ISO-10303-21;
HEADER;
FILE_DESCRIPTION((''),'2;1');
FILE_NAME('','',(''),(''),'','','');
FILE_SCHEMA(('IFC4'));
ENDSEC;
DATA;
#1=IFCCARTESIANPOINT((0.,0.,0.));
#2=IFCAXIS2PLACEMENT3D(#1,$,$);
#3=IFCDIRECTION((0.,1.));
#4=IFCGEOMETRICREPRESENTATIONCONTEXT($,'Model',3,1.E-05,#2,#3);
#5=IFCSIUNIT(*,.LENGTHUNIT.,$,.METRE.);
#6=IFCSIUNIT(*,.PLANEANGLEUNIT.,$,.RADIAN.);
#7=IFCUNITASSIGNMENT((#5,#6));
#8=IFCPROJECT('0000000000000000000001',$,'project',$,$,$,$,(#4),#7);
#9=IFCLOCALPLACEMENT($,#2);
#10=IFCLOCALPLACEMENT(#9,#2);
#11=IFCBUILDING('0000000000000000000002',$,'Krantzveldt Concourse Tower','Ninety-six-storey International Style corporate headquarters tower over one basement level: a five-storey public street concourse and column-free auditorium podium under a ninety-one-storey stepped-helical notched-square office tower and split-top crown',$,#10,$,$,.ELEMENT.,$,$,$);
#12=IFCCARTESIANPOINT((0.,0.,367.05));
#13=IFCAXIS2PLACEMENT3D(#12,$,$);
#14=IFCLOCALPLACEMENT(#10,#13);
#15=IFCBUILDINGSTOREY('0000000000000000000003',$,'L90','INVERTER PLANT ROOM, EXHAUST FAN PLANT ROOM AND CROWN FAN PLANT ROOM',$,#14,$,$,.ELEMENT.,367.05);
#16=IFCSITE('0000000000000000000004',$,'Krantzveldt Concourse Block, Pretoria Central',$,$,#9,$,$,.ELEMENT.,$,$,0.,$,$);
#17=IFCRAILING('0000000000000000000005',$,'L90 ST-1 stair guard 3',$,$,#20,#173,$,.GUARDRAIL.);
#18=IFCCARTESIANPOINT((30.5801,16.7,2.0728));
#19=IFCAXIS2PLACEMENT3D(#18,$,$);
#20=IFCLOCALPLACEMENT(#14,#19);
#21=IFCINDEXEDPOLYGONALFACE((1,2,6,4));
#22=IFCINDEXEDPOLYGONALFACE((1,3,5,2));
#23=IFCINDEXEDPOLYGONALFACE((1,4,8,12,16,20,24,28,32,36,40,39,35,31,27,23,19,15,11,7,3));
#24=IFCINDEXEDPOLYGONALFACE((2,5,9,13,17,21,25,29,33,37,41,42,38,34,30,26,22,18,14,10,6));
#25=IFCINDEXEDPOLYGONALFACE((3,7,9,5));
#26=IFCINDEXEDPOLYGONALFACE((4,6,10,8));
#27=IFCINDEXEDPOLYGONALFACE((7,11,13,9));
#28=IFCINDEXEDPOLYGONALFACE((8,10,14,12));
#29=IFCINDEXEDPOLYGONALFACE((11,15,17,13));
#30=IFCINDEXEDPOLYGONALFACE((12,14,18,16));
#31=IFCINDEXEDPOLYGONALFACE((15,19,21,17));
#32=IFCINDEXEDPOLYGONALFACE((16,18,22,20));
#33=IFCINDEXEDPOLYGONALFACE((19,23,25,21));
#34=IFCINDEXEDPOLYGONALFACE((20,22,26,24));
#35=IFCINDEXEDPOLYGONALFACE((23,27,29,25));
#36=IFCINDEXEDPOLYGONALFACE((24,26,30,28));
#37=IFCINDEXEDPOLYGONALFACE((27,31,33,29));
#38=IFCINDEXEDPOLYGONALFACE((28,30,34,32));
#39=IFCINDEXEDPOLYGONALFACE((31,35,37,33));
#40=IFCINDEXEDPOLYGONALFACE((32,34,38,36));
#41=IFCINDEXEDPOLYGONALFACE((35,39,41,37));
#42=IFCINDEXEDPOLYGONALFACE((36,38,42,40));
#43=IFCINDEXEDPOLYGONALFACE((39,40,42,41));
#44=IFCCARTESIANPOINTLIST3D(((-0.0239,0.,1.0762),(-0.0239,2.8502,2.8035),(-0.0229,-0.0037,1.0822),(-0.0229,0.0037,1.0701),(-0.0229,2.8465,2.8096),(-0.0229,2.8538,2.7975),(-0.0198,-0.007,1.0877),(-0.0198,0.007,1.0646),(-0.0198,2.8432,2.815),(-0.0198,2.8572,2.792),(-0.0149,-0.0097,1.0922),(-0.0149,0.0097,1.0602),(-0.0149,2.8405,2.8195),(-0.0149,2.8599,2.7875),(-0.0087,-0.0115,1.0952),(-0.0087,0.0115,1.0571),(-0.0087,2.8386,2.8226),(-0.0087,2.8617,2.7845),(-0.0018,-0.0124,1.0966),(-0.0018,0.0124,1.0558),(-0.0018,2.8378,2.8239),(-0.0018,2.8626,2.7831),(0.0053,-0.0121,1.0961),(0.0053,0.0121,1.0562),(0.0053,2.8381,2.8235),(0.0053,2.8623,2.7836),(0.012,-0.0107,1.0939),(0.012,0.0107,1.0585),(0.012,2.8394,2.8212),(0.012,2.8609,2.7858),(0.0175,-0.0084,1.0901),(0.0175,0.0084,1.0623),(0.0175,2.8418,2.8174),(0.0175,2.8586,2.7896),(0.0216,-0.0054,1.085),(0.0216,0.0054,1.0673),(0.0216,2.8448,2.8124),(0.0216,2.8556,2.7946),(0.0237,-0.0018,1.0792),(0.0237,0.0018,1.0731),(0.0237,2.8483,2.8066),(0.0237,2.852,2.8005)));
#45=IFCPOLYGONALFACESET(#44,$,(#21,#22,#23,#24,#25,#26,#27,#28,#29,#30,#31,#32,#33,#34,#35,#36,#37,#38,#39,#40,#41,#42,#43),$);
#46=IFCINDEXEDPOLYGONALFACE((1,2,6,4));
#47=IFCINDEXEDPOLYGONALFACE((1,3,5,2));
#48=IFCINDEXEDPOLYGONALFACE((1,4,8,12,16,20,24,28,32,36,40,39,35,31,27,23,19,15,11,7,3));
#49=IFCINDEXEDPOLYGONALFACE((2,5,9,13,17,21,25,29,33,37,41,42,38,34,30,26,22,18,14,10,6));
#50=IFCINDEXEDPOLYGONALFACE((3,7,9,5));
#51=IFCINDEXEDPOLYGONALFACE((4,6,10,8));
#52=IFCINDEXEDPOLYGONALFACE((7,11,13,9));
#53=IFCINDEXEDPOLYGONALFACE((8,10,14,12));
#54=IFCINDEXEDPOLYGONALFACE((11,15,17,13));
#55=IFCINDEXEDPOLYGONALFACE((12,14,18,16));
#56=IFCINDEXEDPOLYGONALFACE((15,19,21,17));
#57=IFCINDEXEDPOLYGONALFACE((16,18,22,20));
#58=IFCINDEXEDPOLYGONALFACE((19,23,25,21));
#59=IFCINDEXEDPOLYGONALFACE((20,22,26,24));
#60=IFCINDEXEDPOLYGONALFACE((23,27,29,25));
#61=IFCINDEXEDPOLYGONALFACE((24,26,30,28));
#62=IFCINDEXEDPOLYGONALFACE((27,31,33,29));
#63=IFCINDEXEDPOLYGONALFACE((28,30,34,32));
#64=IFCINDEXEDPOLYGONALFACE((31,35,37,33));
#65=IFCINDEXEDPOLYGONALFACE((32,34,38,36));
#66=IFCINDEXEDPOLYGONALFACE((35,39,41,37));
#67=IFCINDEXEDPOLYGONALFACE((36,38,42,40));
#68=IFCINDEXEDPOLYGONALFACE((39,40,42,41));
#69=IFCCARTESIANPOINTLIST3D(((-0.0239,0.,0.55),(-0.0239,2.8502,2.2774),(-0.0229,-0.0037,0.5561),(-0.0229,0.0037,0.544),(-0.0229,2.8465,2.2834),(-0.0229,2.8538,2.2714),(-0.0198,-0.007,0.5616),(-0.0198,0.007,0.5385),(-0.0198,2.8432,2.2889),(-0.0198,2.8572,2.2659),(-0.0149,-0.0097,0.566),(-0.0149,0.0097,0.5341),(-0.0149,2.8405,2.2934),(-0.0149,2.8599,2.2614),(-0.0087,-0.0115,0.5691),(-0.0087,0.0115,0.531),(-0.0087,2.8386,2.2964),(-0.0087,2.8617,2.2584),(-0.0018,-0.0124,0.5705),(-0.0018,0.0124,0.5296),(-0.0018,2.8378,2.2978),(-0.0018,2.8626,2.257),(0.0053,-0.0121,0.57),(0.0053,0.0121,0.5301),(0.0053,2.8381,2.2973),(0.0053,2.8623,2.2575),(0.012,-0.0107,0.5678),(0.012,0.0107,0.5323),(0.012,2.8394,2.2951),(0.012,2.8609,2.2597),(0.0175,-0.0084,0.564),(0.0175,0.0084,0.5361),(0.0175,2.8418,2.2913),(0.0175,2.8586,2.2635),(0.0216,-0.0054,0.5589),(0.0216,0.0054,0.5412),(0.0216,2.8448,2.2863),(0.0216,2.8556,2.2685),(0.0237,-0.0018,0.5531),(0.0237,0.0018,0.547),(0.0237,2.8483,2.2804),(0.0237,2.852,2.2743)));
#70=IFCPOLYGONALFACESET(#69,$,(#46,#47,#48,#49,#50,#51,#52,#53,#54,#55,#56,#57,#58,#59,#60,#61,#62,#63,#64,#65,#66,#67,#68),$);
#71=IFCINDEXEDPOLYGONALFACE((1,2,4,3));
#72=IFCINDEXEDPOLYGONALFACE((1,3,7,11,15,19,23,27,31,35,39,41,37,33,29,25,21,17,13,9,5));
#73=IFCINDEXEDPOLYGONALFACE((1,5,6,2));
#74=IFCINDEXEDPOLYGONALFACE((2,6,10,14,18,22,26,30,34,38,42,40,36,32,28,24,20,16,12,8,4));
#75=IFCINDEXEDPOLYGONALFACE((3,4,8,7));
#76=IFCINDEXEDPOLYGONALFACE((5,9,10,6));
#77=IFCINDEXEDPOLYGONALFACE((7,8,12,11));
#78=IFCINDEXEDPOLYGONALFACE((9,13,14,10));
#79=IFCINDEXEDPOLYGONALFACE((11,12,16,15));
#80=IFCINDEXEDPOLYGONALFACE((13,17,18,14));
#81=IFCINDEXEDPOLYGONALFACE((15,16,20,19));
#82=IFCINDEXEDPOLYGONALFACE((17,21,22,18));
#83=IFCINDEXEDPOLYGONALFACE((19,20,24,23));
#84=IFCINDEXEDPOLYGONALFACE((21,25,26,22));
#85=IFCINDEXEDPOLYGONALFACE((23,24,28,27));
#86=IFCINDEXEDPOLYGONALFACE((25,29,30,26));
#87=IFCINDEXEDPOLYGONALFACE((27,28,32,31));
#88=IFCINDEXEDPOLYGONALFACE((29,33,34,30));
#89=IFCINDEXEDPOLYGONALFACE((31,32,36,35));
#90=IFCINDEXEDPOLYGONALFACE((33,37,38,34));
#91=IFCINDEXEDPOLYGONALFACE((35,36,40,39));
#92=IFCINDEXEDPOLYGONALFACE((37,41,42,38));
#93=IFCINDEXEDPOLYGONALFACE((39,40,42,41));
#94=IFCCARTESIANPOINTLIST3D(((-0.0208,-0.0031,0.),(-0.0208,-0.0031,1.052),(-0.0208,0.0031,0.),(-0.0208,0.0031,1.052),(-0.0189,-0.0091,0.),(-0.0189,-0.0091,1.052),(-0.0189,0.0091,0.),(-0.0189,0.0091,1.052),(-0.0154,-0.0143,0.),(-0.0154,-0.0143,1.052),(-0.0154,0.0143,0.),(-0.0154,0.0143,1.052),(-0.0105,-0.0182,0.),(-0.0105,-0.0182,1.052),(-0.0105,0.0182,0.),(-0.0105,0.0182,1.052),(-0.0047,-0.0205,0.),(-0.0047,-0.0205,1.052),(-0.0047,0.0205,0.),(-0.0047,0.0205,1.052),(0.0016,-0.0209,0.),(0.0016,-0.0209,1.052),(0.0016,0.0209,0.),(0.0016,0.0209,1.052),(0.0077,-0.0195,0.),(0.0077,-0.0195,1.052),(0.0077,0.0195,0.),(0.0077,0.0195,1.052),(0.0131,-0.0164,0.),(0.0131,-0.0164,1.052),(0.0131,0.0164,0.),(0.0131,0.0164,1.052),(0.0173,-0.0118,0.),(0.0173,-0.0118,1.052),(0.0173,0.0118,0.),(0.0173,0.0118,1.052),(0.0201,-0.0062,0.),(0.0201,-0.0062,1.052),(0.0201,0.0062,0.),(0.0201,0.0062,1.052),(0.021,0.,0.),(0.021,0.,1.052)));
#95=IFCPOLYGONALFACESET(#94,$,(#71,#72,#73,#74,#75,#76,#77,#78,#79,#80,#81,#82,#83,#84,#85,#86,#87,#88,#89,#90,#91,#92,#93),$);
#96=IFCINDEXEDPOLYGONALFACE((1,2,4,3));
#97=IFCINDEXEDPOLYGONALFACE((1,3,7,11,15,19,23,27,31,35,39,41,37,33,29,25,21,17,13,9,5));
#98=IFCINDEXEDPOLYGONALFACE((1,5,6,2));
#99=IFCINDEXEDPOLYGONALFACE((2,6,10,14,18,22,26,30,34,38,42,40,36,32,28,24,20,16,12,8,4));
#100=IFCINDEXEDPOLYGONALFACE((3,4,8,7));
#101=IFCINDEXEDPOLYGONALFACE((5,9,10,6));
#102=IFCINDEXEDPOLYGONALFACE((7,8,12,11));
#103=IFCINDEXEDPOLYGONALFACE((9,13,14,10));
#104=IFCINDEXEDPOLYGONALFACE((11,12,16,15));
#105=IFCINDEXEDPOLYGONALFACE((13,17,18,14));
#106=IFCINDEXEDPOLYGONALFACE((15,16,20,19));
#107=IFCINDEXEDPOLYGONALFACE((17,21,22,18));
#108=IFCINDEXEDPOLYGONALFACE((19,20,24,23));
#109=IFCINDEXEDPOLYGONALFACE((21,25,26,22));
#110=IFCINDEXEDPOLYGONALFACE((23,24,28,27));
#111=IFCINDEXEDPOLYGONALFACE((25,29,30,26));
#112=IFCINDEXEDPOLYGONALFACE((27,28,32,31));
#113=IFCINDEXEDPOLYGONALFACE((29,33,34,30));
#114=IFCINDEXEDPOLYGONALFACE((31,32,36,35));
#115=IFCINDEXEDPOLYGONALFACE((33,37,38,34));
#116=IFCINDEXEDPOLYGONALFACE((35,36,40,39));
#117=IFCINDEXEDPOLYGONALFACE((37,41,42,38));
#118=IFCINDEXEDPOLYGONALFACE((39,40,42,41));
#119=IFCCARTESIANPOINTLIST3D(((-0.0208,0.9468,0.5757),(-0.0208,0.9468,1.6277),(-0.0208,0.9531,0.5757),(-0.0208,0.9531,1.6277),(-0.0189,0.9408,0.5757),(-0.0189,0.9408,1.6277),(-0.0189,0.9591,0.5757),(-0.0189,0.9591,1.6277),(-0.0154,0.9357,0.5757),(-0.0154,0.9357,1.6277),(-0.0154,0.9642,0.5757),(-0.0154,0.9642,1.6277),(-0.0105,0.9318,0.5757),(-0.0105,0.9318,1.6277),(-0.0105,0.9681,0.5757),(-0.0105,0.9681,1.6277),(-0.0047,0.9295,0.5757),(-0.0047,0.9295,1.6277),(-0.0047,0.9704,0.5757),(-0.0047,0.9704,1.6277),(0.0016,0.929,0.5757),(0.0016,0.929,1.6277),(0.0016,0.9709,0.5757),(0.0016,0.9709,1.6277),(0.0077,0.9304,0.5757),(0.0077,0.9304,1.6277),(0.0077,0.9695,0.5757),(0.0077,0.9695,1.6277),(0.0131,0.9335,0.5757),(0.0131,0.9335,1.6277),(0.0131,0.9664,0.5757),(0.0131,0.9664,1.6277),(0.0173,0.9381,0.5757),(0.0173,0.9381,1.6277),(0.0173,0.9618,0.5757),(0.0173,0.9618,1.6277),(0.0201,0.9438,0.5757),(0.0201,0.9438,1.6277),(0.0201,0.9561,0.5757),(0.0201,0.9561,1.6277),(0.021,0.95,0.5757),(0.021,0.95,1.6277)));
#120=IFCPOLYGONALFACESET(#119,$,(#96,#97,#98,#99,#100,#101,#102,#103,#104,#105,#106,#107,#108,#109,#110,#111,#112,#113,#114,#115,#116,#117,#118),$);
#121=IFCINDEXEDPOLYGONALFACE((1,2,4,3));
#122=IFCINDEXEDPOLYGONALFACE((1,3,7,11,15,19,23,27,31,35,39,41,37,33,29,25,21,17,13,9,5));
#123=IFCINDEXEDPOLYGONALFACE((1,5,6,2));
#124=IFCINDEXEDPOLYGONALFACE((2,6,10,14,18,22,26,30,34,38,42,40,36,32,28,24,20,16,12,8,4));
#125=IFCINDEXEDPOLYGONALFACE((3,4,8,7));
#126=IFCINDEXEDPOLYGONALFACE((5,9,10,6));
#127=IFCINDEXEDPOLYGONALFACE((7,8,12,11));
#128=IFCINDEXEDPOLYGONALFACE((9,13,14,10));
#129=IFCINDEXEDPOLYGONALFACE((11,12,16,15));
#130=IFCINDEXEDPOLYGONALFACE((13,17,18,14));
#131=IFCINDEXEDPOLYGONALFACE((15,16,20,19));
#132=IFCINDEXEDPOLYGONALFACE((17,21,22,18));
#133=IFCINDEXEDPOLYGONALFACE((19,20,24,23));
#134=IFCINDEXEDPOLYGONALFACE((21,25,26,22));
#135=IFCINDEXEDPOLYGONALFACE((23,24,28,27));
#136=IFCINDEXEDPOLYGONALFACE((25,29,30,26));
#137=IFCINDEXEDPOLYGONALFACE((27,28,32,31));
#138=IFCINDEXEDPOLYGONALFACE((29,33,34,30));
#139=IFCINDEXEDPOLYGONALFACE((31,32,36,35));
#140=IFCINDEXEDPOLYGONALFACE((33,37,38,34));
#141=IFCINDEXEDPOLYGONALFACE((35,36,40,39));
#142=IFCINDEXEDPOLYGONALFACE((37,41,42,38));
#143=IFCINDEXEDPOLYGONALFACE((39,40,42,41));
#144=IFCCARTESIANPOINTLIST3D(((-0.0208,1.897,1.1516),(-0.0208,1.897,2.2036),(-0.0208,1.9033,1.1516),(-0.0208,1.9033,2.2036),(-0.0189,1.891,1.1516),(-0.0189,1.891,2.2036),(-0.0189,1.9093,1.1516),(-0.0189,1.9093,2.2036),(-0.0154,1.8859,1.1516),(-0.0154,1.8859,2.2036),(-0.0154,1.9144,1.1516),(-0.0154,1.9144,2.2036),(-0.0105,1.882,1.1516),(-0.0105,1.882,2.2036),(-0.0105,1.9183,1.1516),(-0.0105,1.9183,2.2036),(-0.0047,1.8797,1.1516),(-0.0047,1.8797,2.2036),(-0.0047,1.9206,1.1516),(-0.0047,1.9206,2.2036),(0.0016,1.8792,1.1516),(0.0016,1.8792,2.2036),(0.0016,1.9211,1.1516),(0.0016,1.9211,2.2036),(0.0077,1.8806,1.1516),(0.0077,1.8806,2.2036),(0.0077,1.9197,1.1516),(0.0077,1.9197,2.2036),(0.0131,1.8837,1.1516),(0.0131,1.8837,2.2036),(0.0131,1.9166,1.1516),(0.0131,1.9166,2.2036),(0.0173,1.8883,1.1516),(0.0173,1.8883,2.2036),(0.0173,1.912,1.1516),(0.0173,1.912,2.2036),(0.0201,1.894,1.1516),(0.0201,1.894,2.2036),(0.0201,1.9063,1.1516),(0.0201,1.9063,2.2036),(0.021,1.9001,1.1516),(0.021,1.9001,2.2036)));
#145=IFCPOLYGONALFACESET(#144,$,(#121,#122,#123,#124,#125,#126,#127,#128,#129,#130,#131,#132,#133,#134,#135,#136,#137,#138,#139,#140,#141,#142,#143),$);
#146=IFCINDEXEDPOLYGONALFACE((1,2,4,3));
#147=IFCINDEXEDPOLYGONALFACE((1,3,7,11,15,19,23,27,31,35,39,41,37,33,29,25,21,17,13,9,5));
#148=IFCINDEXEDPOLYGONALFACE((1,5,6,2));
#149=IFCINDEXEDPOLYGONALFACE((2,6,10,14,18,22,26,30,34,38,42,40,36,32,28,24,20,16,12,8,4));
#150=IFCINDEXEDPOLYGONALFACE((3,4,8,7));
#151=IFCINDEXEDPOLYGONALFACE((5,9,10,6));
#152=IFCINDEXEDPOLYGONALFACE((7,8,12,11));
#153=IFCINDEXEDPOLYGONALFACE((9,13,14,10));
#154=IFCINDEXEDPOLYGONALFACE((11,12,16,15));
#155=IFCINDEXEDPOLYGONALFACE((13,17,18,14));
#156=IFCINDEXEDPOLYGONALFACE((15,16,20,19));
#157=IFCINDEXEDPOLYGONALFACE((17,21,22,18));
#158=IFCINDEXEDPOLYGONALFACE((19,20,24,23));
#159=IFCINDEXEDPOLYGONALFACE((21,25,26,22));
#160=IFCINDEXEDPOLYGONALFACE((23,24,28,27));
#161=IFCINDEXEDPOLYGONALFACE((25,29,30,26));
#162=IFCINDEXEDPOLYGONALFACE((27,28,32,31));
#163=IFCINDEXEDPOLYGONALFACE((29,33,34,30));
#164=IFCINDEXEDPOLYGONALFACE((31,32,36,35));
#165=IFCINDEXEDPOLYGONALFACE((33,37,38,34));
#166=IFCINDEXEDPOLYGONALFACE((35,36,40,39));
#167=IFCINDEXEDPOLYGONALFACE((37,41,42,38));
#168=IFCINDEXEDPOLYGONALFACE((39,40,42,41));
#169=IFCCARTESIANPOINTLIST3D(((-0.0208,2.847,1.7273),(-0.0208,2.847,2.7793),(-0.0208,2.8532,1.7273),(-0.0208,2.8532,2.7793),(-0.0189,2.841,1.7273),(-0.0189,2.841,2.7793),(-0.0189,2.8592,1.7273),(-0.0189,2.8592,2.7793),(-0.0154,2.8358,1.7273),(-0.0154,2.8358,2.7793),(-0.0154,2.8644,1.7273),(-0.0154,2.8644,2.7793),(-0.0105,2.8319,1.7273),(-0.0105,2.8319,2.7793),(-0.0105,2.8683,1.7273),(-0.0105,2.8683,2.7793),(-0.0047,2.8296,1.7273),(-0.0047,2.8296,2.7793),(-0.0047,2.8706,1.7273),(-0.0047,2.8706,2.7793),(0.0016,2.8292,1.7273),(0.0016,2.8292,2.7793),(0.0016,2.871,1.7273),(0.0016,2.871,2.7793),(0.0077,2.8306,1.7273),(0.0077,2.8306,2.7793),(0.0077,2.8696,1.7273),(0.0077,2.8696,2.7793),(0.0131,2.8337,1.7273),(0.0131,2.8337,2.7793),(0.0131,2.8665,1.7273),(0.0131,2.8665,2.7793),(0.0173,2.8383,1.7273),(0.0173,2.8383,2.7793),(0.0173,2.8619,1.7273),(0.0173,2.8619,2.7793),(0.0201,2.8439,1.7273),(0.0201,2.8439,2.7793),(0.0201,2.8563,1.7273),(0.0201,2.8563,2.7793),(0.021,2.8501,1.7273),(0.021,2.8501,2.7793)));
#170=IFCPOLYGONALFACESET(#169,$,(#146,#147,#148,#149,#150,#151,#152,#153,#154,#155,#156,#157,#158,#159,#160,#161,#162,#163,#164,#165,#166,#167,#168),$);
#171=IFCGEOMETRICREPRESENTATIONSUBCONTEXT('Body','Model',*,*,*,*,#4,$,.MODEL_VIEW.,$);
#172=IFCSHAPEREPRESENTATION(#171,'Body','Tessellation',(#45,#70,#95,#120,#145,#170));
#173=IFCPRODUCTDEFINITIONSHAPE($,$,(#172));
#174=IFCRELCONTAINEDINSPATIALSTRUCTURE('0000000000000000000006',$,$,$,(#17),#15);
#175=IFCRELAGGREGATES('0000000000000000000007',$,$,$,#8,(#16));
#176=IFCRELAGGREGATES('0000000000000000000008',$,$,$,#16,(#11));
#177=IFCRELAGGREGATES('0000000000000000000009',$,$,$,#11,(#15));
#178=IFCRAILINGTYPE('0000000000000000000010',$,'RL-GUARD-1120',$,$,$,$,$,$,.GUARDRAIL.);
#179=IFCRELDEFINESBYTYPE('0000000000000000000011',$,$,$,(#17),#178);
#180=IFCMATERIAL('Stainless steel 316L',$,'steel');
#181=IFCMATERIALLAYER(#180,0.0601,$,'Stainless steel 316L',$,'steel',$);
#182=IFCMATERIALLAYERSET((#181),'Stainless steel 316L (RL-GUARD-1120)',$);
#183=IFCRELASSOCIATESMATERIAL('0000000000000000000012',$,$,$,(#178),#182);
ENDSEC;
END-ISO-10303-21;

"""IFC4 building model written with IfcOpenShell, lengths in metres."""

from ifc_helpers import new_model, si_unit, direction, frame, origin, origin_2d, place, context, subcontext, project, spatial, circle, extrude, material, layer, layer_set, type_object, element, save


model = new_model("IFC4")

# Units and contexts
model_context = context("Model", 3, precision=1e-05, world=origin(), true_north=direction((0.0, 1.0)))
body_context = subcontext(model_context, "Body", "Model", "MODEL_VIEW")
ifc_project = project(units=[si_unit("LENGTHUNIT", "METRE"), si_unit("PLANEANGLEUNIT", "RADIAN")], contexts=[model_context])

# Site, building, storey
site_placement = place(None, origin())
site = spatial("IfcSite", under=ifc_project, at=site_placement, Name="Krantzveldt Concourse Block, Pretoria Central", CompositionType="ELEMENT", RefElevation=0.0)
building_placement = place(site_placement, origin())
building = spatial("IfcBuilding", under=site, at=building_placement, Name="Krantzveldt Concourse Tower", Description="Ninety-six-storey International Style corporate headquarters tower over one basement level: a five-storey public street concourse and column-free auditorium podium under a ninety-one-storey stepped-helical notched-square office tower and split-top crown", CompositionType="ELEMENT")
storey_placement = place(building_placement, frame((0.0, 0.0, 367.05)))
storey = spatial("IfcBuildingStorey", under=building, at=storey_placement, Name="L90", Description="INVERTER PLANT ROOM, EXHAUST FAN PLANT ROOM AND CROWN FAN PLANT ROOM", CompositionType="ELEMENT", Elevation=367.05)

# Shared definitions
ifc_material_1 = material(Name="Stainless steel 316L", Category="steel")

# Railing
ifc_layer_1 = layer(ifc_material_1, 0.0601, Name="Stainless steel 316L", Category="steel")
ifc_layer_set_1 = layer_set([ifc_layer_1], Name="Stainless steel 316L (RL-GUARD-1120)")
railing_type_1 = type_object("IfcRailingType", Name="RL-GUARD-1120", PredefinedType="GUARDRAIL", material=ifc_layer_set_1)
railing_1_placement = place(storey_placement, frame((30.5801, 16.7, 2.0728)))
element("IfcRailing", 1, at=railing_1_placement, inside=storey, type_object=railing_type_1, Name="L90 ST-1 stair guard 3", PredefinedType="GUARDRAIL", context=body_context, shape_type="SweptSolid", body=[
    extrude(circle(Radius=0.0239, at=origin_2d()), frame((0.0, 0.0, 1.0762), z_axis=(0.0, 0.855203, 0.518294), x_axis=(-1.0, 0.0, 0.0)), (0.0, 0.0, 1.0), 3.3328),
    extrude(circle(Radius=0.0239, at=origin_2d()), frame((0.0, 0.0, 0.55), z_axis=(0.0, 0.855203, 0.518294), x_axis=(-1.0, 0.0, 0.0)), (0.0, 0.0, 1.0), 3.3328),
    extrude(circle(Radius=0.021, at=origin_2d()), origin(), (0.0, 0.0, 1.0), 1.052),
    extrude(circle(Radius=0.021, at=origin_2d()), frame((0.0, 0.95, 0.5757)), (0.0, 0.0, 1.0), 1.052),
    extrude(circle(Radius=0.021, at=origin_2d()), frame((0.0, 1.9001, 1.1516)), (0.0, 0.0, 1.0), 1.052),
    extrude(circle(Radius=0.021, at=origin_2d()), frame((0.0, 2.8501, 1.7273)), (0.0, 0.0, 1.0), 1.052),
])

save(model, "model.ifc")
